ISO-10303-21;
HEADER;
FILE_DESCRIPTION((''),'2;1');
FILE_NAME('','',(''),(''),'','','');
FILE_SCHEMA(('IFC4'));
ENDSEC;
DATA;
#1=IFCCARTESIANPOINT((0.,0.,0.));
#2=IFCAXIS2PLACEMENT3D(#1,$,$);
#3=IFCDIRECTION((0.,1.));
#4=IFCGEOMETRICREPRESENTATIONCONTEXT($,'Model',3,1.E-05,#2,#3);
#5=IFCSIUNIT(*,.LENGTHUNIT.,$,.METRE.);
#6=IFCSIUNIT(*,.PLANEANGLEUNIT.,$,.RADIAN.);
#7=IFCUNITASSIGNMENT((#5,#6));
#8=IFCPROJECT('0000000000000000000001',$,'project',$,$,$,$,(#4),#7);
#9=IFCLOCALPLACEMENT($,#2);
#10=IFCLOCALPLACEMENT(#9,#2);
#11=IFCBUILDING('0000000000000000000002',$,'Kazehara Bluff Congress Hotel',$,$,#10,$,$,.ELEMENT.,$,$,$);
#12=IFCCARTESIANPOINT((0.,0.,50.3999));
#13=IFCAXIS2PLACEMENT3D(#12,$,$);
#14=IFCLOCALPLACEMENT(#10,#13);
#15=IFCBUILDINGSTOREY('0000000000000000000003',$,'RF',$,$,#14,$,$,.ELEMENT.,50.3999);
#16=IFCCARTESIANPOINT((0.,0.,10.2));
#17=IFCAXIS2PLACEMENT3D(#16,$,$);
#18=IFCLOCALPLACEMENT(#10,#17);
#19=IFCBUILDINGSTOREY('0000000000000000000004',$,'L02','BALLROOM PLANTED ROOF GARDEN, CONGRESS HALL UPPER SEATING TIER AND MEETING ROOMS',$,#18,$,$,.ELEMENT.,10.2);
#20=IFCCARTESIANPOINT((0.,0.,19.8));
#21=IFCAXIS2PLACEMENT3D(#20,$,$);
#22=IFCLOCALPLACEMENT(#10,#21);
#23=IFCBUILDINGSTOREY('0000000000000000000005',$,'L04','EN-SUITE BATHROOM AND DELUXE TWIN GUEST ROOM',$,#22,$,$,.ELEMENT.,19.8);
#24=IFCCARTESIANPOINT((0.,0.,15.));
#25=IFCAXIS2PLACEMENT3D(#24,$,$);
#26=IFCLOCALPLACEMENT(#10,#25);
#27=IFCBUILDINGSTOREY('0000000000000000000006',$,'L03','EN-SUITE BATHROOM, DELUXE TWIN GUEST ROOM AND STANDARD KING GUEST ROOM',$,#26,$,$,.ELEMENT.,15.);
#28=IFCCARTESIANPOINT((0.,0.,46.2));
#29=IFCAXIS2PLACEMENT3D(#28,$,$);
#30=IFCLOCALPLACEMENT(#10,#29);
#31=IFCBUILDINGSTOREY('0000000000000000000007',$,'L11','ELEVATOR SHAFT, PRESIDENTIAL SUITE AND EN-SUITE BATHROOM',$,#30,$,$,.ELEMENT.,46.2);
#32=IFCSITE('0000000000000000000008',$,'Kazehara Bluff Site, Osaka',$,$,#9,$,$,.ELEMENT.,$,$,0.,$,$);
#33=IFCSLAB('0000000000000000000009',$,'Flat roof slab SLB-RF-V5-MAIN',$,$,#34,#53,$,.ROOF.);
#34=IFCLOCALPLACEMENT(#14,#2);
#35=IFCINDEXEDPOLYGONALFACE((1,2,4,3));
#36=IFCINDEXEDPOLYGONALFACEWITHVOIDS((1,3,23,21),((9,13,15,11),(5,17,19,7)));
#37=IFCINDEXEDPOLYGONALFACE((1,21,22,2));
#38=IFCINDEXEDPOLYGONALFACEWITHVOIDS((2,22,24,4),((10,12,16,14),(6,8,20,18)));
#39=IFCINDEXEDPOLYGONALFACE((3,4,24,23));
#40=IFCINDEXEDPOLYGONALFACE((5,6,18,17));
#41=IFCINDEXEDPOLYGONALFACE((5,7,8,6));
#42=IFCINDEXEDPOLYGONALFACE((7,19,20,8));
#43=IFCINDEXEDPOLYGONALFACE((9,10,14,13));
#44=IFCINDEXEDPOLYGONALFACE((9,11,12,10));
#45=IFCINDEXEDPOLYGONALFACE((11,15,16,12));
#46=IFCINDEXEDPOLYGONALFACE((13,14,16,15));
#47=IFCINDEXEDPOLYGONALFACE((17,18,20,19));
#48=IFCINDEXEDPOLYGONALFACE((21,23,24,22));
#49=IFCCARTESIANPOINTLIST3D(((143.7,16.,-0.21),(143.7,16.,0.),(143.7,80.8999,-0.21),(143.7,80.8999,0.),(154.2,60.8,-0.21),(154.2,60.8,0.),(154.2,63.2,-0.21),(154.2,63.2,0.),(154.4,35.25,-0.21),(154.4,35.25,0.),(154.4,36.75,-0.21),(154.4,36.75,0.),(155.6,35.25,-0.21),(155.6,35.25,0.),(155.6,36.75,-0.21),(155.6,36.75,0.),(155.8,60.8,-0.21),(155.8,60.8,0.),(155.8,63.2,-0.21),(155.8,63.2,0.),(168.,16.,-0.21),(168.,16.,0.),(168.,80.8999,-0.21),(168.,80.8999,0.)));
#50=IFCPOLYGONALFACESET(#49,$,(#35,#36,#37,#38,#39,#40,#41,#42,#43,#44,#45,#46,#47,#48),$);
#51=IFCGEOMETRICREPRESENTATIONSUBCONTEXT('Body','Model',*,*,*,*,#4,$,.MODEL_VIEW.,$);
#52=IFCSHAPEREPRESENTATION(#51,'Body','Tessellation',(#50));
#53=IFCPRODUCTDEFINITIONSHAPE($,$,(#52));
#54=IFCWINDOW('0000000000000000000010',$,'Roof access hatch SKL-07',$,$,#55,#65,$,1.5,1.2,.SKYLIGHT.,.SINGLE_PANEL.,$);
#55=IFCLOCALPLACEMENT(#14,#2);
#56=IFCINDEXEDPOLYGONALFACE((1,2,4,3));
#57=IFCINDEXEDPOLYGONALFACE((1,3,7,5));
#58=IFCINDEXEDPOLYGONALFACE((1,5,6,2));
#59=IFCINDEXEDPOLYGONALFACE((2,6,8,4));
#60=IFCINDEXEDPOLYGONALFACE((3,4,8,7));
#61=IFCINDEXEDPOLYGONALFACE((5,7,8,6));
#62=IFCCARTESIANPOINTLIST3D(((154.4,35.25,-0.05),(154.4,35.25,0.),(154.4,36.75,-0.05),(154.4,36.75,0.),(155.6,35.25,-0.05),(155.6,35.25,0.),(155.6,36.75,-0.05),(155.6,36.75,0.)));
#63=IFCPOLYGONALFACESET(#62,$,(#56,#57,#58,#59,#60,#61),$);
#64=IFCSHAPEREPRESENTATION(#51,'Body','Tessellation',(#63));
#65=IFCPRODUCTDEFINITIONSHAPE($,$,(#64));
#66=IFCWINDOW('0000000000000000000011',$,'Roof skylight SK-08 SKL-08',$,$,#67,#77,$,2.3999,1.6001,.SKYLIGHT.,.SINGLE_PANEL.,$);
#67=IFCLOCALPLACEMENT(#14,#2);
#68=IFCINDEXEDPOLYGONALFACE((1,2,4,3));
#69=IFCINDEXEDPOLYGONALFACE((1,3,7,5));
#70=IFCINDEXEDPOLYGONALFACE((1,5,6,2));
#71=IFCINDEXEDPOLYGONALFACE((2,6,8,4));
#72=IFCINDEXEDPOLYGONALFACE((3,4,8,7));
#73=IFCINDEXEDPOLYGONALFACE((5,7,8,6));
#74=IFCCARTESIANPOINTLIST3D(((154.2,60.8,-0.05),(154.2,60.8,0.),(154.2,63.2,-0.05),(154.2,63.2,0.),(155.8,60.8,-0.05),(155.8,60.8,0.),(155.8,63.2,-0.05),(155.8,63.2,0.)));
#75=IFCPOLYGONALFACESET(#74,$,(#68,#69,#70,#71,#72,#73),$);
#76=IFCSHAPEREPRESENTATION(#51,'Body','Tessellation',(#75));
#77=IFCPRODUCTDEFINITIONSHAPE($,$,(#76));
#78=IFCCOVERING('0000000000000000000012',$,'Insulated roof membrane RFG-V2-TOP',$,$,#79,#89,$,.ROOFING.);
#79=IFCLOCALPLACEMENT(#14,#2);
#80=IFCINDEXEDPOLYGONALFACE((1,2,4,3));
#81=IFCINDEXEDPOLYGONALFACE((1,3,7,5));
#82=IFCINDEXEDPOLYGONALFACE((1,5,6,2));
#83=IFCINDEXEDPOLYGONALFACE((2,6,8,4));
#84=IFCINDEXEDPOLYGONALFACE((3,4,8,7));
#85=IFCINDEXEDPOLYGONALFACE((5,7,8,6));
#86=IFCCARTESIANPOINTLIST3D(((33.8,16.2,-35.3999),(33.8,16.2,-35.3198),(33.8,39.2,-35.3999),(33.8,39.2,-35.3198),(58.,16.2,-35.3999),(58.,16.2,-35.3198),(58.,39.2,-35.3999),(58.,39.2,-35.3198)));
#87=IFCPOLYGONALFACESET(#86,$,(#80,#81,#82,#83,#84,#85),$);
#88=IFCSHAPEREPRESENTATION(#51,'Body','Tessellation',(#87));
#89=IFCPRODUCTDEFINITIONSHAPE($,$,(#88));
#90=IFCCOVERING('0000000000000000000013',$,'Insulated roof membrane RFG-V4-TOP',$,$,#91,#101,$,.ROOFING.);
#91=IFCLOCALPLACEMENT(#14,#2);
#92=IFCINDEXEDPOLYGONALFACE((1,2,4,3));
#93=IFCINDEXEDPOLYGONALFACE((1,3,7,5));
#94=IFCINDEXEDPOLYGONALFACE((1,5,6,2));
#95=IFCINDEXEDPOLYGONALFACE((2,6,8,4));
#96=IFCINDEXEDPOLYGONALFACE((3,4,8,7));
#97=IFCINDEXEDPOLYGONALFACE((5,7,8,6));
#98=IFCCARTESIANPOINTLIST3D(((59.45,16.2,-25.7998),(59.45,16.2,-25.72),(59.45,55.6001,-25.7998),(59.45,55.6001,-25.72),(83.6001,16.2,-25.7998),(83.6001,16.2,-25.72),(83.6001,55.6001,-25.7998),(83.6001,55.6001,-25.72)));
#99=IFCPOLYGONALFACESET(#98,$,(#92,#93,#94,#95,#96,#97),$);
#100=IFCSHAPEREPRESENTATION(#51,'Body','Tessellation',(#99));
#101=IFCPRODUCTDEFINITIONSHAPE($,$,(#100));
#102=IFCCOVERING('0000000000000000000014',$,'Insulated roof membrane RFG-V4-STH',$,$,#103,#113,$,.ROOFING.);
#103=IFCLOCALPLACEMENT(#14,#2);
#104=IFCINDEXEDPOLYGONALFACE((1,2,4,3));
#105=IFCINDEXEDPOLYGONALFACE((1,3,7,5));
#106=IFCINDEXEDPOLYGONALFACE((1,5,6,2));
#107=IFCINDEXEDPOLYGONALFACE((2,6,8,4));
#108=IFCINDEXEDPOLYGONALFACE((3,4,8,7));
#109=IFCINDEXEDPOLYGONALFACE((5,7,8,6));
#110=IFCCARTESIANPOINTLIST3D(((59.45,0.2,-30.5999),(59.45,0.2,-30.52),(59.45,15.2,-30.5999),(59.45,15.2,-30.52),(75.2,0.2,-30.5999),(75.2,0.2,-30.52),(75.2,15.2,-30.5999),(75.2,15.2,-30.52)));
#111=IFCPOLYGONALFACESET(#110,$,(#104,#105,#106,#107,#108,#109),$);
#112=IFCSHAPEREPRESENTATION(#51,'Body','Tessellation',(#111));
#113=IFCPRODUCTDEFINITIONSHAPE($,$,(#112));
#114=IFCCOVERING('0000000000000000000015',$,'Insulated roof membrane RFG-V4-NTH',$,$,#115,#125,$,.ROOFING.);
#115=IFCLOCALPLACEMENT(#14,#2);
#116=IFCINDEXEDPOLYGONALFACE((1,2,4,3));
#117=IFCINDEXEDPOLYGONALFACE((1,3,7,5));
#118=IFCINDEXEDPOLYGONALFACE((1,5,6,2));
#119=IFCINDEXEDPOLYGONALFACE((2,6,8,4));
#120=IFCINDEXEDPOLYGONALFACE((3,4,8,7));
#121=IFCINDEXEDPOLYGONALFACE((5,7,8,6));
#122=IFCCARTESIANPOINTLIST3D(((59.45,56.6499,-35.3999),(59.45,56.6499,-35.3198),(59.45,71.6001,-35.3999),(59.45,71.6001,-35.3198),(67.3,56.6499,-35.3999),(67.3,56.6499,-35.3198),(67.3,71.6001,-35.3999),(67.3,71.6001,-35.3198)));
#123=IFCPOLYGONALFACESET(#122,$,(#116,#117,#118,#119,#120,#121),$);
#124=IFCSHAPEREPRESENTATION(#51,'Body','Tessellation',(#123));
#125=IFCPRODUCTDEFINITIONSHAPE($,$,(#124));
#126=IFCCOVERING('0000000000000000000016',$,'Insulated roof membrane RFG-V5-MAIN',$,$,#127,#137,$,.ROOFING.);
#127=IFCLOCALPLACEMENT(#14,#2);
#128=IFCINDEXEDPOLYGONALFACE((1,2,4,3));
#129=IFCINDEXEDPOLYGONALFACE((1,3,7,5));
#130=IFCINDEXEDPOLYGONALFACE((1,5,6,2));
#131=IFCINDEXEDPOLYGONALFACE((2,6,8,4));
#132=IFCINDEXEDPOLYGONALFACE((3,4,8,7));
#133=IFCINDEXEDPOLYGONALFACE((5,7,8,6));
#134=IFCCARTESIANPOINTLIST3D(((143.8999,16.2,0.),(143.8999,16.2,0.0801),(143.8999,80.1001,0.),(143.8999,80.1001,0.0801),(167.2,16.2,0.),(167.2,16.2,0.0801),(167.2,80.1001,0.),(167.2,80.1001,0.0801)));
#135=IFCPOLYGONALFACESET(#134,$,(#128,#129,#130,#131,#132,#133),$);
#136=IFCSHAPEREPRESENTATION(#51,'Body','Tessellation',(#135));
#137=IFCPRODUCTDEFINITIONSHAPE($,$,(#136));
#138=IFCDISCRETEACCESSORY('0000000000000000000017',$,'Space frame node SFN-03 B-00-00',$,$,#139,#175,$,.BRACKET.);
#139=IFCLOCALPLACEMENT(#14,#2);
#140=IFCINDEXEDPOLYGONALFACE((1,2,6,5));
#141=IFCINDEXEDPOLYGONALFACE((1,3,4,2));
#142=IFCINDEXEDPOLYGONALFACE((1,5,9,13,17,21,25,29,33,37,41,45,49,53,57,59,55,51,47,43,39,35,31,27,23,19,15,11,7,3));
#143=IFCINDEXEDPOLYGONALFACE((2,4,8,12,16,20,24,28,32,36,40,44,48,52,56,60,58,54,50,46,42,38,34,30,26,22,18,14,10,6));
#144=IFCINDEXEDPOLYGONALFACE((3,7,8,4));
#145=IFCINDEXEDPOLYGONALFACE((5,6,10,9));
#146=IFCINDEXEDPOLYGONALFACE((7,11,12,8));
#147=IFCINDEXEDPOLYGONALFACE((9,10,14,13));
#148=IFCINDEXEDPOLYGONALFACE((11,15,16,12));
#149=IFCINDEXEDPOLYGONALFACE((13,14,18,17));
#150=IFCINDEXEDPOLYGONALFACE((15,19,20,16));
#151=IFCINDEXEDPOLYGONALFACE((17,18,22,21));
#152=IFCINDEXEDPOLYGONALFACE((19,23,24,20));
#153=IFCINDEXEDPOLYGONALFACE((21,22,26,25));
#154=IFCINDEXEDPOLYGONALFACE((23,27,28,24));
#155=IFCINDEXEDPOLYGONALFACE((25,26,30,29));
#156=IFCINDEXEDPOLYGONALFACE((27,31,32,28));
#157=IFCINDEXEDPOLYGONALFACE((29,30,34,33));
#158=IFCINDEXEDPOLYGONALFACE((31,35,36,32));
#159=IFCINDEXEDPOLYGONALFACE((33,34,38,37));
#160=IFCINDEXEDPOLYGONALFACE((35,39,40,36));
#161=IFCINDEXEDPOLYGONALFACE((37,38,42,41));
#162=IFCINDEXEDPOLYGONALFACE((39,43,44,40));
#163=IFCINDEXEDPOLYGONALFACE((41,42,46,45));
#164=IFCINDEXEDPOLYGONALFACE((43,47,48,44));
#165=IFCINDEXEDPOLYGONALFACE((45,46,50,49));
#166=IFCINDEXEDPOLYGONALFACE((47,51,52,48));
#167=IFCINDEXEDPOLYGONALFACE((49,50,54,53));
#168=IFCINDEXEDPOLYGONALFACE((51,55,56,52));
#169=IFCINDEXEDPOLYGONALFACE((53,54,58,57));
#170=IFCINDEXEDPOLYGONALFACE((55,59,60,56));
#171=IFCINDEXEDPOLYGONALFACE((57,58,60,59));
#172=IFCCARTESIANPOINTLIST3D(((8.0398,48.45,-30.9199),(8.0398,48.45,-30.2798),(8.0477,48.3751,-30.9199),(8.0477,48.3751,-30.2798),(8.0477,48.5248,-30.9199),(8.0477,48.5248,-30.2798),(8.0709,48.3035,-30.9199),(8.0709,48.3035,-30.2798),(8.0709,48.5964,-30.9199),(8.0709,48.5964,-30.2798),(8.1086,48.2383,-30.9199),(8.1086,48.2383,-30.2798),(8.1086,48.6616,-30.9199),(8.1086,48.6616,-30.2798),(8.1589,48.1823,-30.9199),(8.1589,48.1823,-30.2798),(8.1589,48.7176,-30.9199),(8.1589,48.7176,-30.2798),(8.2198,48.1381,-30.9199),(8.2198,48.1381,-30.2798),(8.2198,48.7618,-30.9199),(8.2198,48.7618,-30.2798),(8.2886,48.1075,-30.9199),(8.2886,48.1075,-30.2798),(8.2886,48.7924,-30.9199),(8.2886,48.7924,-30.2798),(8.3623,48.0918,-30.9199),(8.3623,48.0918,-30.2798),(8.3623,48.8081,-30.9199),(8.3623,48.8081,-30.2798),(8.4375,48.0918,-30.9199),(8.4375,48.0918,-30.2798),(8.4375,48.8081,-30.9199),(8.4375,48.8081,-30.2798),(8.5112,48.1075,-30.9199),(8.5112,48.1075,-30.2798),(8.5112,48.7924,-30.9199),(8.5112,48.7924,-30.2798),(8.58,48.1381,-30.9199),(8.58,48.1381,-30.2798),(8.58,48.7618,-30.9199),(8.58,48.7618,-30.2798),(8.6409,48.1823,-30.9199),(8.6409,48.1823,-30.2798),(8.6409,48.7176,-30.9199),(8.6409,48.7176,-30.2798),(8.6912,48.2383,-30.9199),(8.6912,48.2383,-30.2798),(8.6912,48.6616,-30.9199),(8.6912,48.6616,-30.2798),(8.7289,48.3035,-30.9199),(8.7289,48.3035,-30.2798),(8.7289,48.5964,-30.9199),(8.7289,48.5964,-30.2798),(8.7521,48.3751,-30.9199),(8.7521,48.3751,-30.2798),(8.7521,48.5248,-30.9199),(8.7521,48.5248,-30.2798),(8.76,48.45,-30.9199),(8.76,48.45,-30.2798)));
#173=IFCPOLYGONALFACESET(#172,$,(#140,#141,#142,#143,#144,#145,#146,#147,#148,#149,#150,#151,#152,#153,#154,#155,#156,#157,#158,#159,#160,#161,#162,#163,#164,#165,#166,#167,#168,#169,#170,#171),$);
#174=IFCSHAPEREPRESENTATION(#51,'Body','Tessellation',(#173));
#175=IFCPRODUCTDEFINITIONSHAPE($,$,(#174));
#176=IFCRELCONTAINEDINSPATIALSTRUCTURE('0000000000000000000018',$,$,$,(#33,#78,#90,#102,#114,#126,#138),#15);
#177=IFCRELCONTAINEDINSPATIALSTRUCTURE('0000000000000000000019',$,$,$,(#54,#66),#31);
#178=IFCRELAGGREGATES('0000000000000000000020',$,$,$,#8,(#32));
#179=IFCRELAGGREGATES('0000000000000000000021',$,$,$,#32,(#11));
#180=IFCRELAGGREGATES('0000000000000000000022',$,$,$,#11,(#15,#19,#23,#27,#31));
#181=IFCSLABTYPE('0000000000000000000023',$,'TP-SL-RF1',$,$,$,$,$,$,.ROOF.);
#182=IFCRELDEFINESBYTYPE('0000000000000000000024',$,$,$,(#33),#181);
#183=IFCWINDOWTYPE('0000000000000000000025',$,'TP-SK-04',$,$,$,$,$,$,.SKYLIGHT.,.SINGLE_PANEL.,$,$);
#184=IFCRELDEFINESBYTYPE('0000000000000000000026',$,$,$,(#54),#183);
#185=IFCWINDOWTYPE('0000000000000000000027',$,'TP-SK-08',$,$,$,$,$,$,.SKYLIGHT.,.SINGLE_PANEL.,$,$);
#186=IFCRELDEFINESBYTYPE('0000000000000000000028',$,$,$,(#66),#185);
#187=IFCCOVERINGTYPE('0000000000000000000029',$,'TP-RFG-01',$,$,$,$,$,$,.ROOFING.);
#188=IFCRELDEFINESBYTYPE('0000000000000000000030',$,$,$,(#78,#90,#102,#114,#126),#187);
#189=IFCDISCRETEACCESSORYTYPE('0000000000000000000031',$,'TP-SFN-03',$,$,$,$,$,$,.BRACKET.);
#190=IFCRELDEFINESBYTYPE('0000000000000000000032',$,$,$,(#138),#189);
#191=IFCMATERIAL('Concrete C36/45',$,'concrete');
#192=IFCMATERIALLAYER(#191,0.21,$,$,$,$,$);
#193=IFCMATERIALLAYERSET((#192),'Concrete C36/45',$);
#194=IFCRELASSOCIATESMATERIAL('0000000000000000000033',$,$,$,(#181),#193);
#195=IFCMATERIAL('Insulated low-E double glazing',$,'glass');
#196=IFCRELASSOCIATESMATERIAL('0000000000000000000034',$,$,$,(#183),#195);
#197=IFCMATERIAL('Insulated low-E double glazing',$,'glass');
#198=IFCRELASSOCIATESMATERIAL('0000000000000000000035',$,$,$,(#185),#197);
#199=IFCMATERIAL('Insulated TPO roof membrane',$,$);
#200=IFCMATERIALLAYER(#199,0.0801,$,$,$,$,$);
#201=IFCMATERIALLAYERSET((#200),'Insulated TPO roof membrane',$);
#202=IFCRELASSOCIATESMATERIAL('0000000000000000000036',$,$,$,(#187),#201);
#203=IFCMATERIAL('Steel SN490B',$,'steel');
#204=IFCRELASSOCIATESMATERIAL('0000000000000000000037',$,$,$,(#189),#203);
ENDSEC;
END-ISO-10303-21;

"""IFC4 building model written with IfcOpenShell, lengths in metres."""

from ifc_helpers import new_model, si_unit, direction, frame, origin, origin_2d, place, context, subcontext, project, spatial, polyline, rectangle, circle, outline, extrude, material, layer, layer_set, material_profile, profile_set, type_object, element, fill, save


model = new_model("IFC4")

# Units and contexts
model_context = context("Model", 3, precision=1e-05, world=origin(), true_north=direction((0.0, 1.0)))
body_context = subcontext(model_context, "Body", "Model", "MODEL_VIEW")
ifc_project = project(units=[si_unit("LENGTHUNIT", "METRE"), si_unit("PLANEANGLEUNIT", "RADIAN")], contexts=[model_context])

# Site, building, storey
site_placement = place(None, origin())
site = spatial("IfcSite", under=ifc_project, at=site_placement, Name="Kazehara Bluff Site, Osaka", CompositionType="ELEMENT", RefElevation=0.0)
building_placement = place(site_placement, origin())
building = spatial("IfcBuilding", under=site, at=building_placement, Name="Kazehara Bluff Congress Hotel", CompositionType="ELEMENT")
storey_1_placement = place(building_placement, frame((0.0, 0.0, 50.3999)))
storey_1 = spatial("IfcBuildingStorey", under=building, at=storey_1_placement, Name="RF", CompositionType="ELEMENT", Elevation=50.3999)

# Shared definitions
ifc_material_1 = material(Name="Concrete C36/45", Category="concrete")
ifc_layer_1 = layer(ifc_material_1, 0.21)
ifc_layer_set_1 = layer_set([ifc_layer_1], Name="Concrete C36/45")
slab_type = type_object("IfcSlabType", Name="TP-SL-RF1", PredefinedType="ROOF", material=ifc_layer_set_1)

# Shared definitions
storey_2_placement = place(building_placement, frame((0.0, 0.0, 10.2)))
storey_2 = spatial("IfcBuildingStorey", under=building, at=storey_2_placement, Name="L02", Description="BALLROOM PLANTED ROOF GARDEN, CONGRESS HALL UPPER SEATING TIER AND MEETING ROOMS", CompositionType="ELEMENT", Elevation=10.2)

# Shared definitions
storey_3_placement = place(building_placement, frame((0.0, 0.0, 19.8)))
storey_3 = spatial("IfcBuildingStorey", under=building, at=storey_3_placement, Name="L04", Description="EN-SUITE BATHROOM AND DELUXE TWIN GUEST ROOM", CompositionType="ELEMENT", Elevation=19.8)

# Shared definitions
storey_4_placement = place(building_placement, frame((0.0, 0.0, 15.0)))
storey_4 = spatial("IfcBuildingStorey", under=building, at=storey_4_placement, Name="L03", Description="EN-SUITE BATHROOM, DELUXE TWIN GUEST ROOM AND STANDARD KING GUEST ROOM", CompositionType="ELEMENT", Elevation=15.0)

# Slab, openings
slab_1_placement = place(storey_1_placement, frame((0.0, 0.0, -0.21)))
slab_1 = element("IfcSlab", 1, at=slab_1_placement, inside=storey_1, type_object=slab_type, Name="Flat roof slab SLB-RF-V5-MAIN", PredefinedType="ROOF", context=body_context, shape_type="SweptSolid", body=[
    extrude(outline(polyline([(143.7, 16.0), (168.0, 16.0), (168.0, 80.8999), (143.7, 80.8999), (143.7, 16.0)])), origin(), (0.0, 0.0, 1.0), 0.21),
])
opening_1_placement = place(slab_1_placement, frame((155.0, 36.0, 0.0)))
opening_1 = element("IfcOpeningElement", 2, at=opening_1_placement, cuts=slab_1, PredefinedType="OPENING", context=body_context, shape_type="SweptSolid", body=[
    extrude(rectangle(XDim=1.2, YDim=1.5, at=origin_2d()), origin(), (0.0, 0.0, 1.0), 0.21),
])
opening_2_placement = place(slab_1_placement, frame((155.0, 62.0, 0.0)))
opening_2 = element("IfcOpeningElement", 3, at=opening_2_placement, cuts=slab_1, PredefinedType="OPENING", context=body_context, shape_type="SweptSolid", body=[
    extrude(rectangle(XDim=1.6001, YDim=2.3999, at=origin_2d()), origin(), (0.0, 0.0, 1.0), 0.21),
])

# Shared definitions
storey_5_placement = place(building_placement, frame((0.0, 0.0, 46.2)))
storey_5 = spatial("IfcBuildingStorey", under=building, at=storey_5_placement, Name="L11", Description="ELEVATOR SHAFT, PRESIDENTIAL SUITE AND EN-SUITE BATHROOM", CompositionType="ELEMENT", Elevation=46.2)

# Windows
ifc_material_2 = material(Name="Insulated low-E double glazing", Category="glass")
window_type_1 = type_object("IfcWindowType", Name="TP-SK-04", PartitioningType="SINGLE_PANEL", PredefinedType="SKYLIGHT", material=ifc_material_2)
window_1_placement = place(opening_1_placement, frame((0.0, 0.0, 0.1599)))
window_1 = element("IfcWindow", 4, at=window_1_placement, inside=storey_5, type_object=window_type_1, Name="Roof access hatch SKL-07", OverallHeight=1.5, OverallWidth=1.2, PartitioningType="SINGLE_PANEL", PredefinedType="SKYLIGHT", context=body_context, shape_type="SweptSolid", body=[
    extrude(rectangle(XDim=1.2, YDim=1.5, at=origin_2d()), origin(), (0.0, 0.0, 1.0), 0.05),
])
fill(opening_1, window_1)
ifc_material_3 = material(Name="Insulated low-E double glazing", Category="glass")
window_type_2 = type_object("IfcWindowType", Name="TP-SK-08", PartitioningType="SINGLE_PANEL", PredefinedType="SKYLIGHT", material=ifc_material_3)
window_2_placement = place(opening_2_placement, frame((0.0, 0.0, 0.1599)))
window_2 = element("IfcWindow", 5, at=window_2_placement, inside=storey_5, type_object=window_type_2, Name="Roof skylight SK-08 SKL-08", OverallHeight=2.3999, OverallWidth=1.6001, PartitioningType="SINGLE_PANEL", PredefinedType="SKYLIGHT", context=body_context, shape_type="SweptSolid", body=[
    extrude(rectangle(XDim=1.6001, YDim=2.3999, at=origin_2d()), origin(), (0.0, 0.0, 1.0), 0.05),
])
fill(opening_2, window_2)

# Coverings
ifc_material_4 = material(Name="Insulated TPO roof membrane")
ifc_layer_2 = layer(ifc_material_4, 0.0801)
ifc_layer_set_2 = layer_set([ifc_layer_2], Name="Insulated TPO roof membrane")
covering_type = type_object("IfcCoveringType", Name="TP-RFG-01", PredefinedType="ROOFING", material=ifc_layer_set_2)
covering_1_placement = place(storey_1_placement, frame((0.0, 0.0, -35.3999)))
element("IfcCovering", 6, at=covering_1_placement, inside=storey_1, type_object=covering_type, Name="Insulated roof membrane RFG-V2-TOP", PredefinedType="ROOFING", context=body_context, shape_type="SweptSolid", body=[
    extrude(outline(polyline([(33.8, 16.2), (58.0, 16.2), (58.0, 39.2), (33.8, 39.2), (33.8, 16.2)])), origin(), (0.0, 0.0, 1.0), 0.0801),
])
covering_2_placement = place(storey_1_placement, frame((0.0, 0.0, -25.7998)))
element("IfcCovering", 7, at=covering_2_placement, inside=storey_1, type_object=covering_type, Name="Insulated roof membrane RFG-V4-TOP", PredefinedType="ROOFING", context=body_context, shape_type="SweptSolid", body=[
    extrude(outline(polyline([(59.45, 16.2), (83.6001, 16.2), (83.6001, 55.6001), (59.45, 55.6001), (59.45, 16.2)])), origin(), (0.0, 0.0, 1.0), 0.0798),
])
covering_3_placement = place(storey_1_placement, frame((0.0, 0.0, -30.5999)))
element("IfcCovering", 8, at=covering_3_placement, inside=storey_1, type_object=covering_type, Name="Insulated roof membrane RFG-V4-STH", PredefinedType="ROOFING", context=body_context, shape_type="SweptSolid", body=[
    extrude(outline(polyline([(59.45, 0.2), (75.2, 0.2), (75.2, 15.2), (59.45, 15.2), (59.45, 0.2)])), origin(), (0.0, 0.0, 1.0), 0.0798),
])
covering_4_placement = place(storey_1_placement, frame((0.0, 0.0, -35.3999)))
element("IfcCovering", 9, at=covering_4_placement, inside=storey_1, type_object=covering_type, Name="Insulated roof membrane RFG-V4-NTH", PredefinedType="ROOFING", context=body_context, shape_type="SweptSolid", body=[
    extrude(outline(polyline([(59.45, 56.6499), (67.3, 56.6499), (67.3, 71.6001), (59.45, 71.6001), (59.45, 56.6499)])), origin(), (0.0, 0.0, 1.0), 0.0801),
])
covering_5_placement = place(storey_1_placement, origin())
element("IfcCovering", 10, at=covering_5_placement, inside=storey_1, type_object=covering_type, Name="Insulated roof membrane RFG-V5-MAIN", PredefinedType="ROOFING", context=body_context, shape_type="SweptSolid", body=[
    extrude(outline(polyline([(143.8999, 16.2), (167.2, 16.2), (167.2, 80.1001), (143.8999, 80.1001), (143.8999, 16.2)])), origin(), (0.0, 0.0, 1.0), 0.0801),
])

# Discrete accessory
ifc_material_5 = material(Name="Steel SN490B", Category="steel")
ifc_material_profile = material_profile(ifc_material_5, circle(Radius=0.3601, at=origin_2d()))
ifc_profile_set = profile_set([ifc_material_profile], Name="Steel SN490B")
discrete_accessory_type = type_object("IfcDiscreteAccessoryType", Name="TP-SFN-03", PredefinedType="BRACKET", material=ifc_profile_set)
discrete_accessory_placement = place(storey_1_placement, frame((8.3999, 48.45, -30.9199), z_axis=(0.0, 0.0, 1.0), x_axis=(1.0, 0.0, 0.0)))
element("IfcDiscreteAccessory", 11, at=discrete_accessory_placement, inside=storey_1, type_object=discrete_accessory_type, Name="Space frame node SFN-03 B-00-00", PredefinedType="BRACKET", context=body_context, shape_type="SweptSolid", body=[
    extrude(circle(Radius=0.3601, at=origin_2d()), origin(), (0.0, 0.0, 1.0), 0.6401),
])

save(model, "model.ifc")
